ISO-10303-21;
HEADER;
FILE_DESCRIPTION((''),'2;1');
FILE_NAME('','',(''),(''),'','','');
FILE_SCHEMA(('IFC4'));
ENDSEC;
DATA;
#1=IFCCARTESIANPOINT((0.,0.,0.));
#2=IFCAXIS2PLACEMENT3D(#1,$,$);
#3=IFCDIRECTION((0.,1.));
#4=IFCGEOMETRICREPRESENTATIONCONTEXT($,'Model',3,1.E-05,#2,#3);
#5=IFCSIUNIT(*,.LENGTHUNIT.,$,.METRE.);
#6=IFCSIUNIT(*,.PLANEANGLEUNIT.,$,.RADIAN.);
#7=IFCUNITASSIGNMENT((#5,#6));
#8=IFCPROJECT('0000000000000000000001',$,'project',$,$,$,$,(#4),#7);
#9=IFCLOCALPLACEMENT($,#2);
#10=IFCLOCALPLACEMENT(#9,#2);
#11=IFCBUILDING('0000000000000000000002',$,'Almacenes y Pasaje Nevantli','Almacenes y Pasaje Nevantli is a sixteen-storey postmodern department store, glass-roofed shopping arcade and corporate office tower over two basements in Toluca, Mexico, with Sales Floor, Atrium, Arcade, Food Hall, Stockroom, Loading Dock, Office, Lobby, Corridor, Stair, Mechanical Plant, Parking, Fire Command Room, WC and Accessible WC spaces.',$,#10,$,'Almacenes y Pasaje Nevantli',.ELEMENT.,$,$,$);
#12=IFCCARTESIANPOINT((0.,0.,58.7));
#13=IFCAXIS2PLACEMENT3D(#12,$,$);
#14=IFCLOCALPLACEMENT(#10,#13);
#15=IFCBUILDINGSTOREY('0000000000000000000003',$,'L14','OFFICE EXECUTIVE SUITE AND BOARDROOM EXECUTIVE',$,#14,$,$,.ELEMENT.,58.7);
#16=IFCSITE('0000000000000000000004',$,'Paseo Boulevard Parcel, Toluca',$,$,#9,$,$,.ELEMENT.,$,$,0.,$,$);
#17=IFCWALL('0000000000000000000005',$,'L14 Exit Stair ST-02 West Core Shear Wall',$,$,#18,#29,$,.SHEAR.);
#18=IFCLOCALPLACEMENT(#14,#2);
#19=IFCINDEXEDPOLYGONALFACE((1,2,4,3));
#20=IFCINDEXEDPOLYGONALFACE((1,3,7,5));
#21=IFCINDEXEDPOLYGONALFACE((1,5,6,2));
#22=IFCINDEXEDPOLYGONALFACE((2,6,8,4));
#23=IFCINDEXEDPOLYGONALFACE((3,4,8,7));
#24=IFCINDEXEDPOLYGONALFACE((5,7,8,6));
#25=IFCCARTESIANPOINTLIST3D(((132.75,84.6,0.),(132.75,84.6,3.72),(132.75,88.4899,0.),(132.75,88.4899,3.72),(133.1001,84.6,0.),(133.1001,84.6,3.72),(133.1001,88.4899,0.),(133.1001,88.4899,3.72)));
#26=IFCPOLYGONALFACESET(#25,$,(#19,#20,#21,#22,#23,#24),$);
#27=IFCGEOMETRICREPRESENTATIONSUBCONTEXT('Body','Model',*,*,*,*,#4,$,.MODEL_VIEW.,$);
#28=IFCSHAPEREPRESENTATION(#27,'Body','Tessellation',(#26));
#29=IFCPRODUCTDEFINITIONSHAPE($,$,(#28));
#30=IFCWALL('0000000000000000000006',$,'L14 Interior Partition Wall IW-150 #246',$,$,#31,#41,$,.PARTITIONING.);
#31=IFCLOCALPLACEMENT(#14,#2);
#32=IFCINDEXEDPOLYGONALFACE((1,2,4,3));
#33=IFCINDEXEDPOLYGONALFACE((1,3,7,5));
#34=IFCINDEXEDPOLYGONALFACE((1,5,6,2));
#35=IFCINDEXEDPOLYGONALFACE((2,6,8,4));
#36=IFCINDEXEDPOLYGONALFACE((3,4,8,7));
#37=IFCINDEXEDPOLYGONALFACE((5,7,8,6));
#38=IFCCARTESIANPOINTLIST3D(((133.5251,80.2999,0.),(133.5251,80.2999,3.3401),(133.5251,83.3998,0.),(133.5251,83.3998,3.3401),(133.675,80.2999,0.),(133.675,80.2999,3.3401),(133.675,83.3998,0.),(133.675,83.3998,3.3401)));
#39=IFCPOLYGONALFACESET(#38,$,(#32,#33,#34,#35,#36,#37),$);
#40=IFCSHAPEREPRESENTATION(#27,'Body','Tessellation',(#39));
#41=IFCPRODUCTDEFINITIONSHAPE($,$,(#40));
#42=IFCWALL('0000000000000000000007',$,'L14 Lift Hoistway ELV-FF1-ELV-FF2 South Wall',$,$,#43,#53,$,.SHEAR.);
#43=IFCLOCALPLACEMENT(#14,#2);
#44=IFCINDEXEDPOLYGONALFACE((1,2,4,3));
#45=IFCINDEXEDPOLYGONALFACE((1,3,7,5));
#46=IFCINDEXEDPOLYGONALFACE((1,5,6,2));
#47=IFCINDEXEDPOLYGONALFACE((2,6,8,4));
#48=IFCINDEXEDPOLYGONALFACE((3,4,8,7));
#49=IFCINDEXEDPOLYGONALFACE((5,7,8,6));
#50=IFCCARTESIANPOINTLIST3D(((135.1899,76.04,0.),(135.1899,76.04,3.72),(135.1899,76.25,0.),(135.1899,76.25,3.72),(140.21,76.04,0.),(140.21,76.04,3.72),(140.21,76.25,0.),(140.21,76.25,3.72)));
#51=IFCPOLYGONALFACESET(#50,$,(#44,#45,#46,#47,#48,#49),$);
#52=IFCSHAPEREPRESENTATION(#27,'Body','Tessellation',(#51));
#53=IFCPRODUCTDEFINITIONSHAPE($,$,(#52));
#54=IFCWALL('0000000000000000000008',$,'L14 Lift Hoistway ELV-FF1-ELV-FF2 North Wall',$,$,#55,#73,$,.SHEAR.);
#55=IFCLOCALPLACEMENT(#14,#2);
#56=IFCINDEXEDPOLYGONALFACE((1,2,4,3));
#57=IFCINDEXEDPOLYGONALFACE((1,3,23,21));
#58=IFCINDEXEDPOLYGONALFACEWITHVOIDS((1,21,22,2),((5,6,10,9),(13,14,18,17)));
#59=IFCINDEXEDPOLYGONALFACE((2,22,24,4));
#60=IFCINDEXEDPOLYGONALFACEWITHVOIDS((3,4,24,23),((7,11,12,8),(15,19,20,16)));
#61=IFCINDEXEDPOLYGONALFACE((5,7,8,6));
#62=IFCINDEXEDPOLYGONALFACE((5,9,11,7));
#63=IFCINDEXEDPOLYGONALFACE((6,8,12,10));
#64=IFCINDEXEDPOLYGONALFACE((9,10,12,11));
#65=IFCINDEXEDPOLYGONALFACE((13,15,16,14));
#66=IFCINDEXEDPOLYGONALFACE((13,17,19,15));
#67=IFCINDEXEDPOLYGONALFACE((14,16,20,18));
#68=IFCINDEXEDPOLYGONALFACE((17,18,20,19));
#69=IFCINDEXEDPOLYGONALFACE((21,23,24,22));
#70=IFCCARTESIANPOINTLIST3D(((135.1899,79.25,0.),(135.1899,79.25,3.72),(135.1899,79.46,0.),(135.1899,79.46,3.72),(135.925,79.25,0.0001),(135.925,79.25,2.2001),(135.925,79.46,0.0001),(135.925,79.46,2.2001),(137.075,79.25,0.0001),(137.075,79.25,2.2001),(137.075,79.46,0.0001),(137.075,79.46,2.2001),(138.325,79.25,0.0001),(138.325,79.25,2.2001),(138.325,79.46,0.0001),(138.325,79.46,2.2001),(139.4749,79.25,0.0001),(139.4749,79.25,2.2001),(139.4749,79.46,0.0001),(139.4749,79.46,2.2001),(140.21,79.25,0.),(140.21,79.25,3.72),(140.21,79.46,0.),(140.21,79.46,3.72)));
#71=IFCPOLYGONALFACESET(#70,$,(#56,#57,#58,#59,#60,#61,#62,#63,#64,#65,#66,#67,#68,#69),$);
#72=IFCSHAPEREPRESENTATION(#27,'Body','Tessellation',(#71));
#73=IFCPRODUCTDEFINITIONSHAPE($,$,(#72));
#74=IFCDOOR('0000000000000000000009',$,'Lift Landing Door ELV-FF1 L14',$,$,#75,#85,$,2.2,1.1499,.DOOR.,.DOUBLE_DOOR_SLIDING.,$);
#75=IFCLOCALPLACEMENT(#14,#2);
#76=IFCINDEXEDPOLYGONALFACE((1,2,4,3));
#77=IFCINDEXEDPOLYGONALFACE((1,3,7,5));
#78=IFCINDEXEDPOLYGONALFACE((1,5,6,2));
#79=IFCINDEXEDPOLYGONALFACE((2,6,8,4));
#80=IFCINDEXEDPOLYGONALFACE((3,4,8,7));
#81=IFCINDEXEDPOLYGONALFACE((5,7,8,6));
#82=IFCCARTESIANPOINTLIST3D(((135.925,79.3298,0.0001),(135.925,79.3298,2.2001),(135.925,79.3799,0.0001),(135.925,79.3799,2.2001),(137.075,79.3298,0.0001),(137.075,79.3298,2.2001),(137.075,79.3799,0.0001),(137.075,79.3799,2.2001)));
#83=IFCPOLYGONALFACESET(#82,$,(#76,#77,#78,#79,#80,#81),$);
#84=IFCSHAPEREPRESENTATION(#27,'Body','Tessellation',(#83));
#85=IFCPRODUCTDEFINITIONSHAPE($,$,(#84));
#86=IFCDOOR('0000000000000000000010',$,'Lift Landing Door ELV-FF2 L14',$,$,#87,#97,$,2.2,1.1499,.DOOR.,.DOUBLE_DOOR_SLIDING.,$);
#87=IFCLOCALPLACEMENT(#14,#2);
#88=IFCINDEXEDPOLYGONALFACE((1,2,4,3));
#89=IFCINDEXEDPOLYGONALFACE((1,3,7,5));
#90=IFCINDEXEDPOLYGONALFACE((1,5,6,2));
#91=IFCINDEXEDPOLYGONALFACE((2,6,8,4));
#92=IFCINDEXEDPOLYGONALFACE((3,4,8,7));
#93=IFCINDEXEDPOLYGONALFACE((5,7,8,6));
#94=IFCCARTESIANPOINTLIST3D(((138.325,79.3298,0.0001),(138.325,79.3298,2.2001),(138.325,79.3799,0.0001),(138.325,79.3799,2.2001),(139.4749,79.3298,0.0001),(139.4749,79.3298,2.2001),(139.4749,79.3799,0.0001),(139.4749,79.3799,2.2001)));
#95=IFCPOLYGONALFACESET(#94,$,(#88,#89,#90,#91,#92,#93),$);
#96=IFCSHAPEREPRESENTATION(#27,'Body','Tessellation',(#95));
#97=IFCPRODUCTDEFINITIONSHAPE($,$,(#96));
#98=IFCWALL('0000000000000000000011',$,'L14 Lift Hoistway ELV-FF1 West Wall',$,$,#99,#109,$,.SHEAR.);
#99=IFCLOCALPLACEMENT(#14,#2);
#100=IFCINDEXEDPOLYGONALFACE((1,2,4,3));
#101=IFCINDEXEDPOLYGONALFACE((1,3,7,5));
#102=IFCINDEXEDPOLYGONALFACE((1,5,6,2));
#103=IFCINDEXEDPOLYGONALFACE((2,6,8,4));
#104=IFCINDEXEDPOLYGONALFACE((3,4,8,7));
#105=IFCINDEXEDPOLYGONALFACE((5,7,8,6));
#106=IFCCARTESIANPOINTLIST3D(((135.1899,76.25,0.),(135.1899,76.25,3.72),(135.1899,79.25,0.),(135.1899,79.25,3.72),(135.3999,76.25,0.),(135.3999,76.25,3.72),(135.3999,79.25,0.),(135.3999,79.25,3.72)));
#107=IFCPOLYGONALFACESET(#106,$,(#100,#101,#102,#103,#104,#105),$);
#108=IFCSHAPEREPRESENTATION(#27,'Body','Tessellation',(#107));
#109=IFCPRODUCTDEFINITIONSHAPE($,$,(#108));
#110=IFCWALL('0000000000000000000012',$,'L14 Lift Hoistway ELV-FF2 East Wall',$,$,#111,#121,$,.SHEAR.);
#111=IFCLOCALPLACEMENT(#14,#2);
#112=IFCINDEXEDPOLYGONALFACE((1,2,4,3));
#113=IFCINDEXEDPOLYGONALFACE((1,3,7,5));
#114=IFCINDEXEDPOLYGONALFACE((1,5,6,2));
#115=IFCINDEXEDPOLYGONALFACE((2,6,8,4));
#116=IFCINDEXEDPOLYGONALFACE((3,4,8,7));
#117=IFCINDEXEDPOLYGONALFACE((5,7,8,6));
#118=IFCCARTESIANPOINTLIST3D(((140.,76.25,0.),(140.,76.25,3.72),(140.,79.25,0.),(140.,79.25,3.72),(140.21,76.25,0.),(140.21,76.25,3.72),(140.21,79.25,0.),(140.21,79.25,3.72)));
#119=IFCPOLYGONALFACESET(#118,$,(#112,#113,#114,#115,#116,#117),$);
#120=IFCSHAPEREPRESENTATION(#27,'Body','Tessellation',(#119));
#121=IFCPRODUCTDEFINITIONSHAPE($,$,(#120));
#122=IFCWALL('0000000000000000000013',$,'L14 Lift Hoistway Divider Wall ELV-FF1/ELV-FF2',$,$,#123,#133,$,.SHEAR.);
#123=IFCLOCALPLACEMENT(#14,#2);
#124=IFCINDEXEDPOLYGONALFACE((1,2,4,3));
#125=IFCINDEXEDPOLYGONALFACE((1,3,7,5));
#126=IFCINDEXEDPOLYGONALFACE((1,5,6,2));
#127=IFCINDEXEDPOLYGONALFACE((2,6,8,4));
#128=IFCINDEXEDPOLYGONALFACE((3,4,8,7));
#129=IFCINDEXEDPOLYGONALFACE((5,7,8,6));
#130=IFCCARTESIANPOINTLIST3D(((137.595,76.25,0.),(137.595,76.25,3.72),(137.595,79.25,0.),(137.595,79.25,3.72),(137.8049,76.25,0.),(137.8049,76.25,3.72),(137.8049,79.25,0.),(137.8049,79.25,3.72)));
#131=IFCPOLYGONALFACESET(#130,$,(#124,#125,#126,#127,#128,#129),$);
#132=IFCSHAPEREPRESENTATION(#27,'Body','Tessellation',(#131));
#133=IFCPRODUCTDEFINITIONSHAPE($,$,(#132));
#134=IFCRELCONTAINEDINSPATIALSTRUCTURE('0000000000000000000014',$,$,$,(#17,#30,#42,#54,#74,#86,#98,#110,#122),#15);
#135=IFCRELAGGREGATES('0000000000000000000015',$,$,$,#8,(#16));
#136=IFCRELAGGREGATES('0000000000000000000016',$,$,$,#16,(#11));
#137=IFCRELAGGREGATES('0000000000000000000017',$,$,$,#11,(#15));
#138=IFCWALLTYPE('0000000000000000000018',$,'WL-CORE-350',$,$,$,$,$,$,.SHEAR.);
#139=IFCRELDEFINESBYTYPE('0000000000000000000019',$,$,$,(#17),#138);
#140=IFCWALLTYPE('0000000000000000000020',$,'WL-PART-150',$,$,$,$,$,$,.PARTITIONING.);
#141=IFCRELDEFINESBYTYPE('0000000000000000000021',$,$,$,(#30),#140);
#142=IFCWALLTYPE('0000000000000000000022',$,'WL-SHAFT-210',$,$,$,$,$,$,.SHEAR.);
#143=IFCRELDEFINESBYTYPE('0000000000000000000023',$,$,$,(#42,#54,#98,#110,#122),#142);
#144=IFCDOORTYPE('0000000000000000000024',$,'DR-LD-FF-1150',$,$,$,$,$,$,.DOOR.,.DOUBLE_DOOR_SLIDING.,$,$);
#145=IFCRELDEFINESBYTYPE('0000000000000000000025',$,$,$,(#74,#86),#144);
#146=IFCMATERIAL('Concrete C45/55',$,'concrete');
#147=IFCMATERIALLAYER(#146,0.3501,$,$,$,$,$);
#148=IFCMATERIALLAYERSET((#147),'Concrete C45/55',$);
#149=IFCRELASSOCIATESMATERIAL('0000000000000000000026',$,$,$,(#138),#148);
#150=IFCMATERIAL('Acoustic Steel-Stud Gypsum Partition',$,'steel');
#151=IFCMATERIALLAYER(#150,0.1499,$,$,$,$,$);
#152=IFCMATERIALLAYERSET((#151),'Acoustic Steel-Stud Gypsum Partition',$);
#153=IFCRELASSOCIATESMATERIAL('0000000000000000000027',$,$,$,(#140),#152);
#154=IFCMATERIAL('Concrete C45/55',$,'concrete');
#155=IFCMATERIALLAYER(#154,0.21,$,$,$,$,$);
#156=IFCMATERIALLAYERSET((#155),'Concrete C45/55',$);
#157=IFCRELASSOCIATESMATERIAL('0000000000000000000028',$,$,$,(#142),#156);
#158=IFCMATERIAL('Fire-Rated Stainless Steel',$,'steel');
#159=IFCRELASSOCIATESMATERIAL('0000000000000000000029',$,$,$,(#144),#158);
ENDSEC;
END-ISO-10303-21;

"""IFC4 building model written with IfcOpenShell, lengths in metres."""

from ifc_helpers import new_model, si_unit, direction, frame, frame_2d, origin, place, context, subcontext, project, spatial, rectangle, extrude, material, layer, layer_set, type_object, element, fill, save


model = new_model("IFC4")

# Units and contexts
model_context = context("Model", 3, precision=1e-05, world=origin(), true_north=direction((0.0, 1.0)))
body_context = subcontext(model_context, "Body", "Model", "MODEL_VIEW")
ifc_project = project(units=[si_unit("LENGTHUNIT", "METRE"), si_unit("PLANEANGLEUNIT", "RADIAN")], contexts=[model_context])

# Site, building, storey
site_placement = place(None, origin())
site = spatial("IfcSite", under=ifc_project, at=site_placement, Name="Paseo Boulevard Parcel, Toluca", CompositionType="ELEMENT", RefElevation=0.0)
building_placement = place(site_placement, origin())
building = spatial("IfcBuilding", under=site, at=building_placement, Name="Almacenes y Pasaje Nevantli", Description="Almacenes y Pasaje Nevantli is a sixteen-storey postmodern department store, glass-roofed shopping arcade and corporate office tower over two basements in Toluca, Mexico, with Sales Floor, Atrium, Arcade, Food Hall, Stockroom, Loading Dock, Office, Lobby, Corridor, Stair, Mechanical Plant, Parking, Fire Command Room, WC and Accessible WC spaces.", LongName="Almacenes y Pasaje Nevantli", CompositionType="ELEMENT")
storey_placement = place(building_placement, frame((0.0, 0.0, 58.7)))
storey = spatial("IfcBuildingStorey", under=building, at=storey_placement, Name="L14", Description="OFFICE EXECUTIVE SUITE AND BOARDROOM EXECUTIVE", CompositionType="ELEMENT", Elevation=58.7)

# Walls
ifc_material_1 = material(Name="Concrete C45/55", Category="concrete")
ifc_layer_1 = layer(ifc_material_1, 0.3501)
ifc_layer_set_1 = layer_set([ifc_layer_1], Name="Concrete C45/55")
wall_type_1 = type_object("IfcWallType", Name="WL-CORE-350", PredefinedType="SHEAR", material=ifc_layer_set_1)
wall_1_placement = place(storey_placement, frame((132.925, 84.6001, 0.0), z_axis=(0.0, 0.0, 1.0), x_axis=(0.0, 1.0, 0.0)))
element("IfcWall", 1, at=wall_1_placement, inside=storey, type_object=wall_type_1, Name="L14 Exit Stair ST-02 West Core Shear Wall", PredefinedType="SHEAR", context=body_context, shape_type="SweptSolid", body=[
    extrude(rectangle(XDim=3.8899, YDim=0.3501, at=frame_2d((1.9448, 0.0))), origin(), (0.0, 0.0, 1.0), 3.72),
])
ifc_material_2 = material(Name="Acoustic Steel-Stud Gypsum Partition", Category="steel")
ifc_layer_2 = layer(ifc_material_2, 0.1499)
ifc_layer_set_2 = layer_set([ifc_layer_2], Name="Acoustic Steel-Stud Gypsum Partition")
wall_type_2 = type_object("IfcWallType", Name="WL-PART-150", PredefinedType="PARTITIONING", material=ifc_layer_set_2)
wall_2_placement = place(storey_placement, frame((133.6001, 80.3, 0.0), z_axis=(0.0, 0.0, 1.0), x_axis=(0.0, 1.0, 0.0)))
element("IfcWall", 2, at=wall_2_placement, inside=storey, type_object=wall_type_2, Name="L14 Interior Partition Wall IW-150 #246", PredefinedType="PARTITIONING", context=body_context, shape_type="SweptSolid", body=[
    extrude(rectangle(XDim=3.0999, YDim=0.1499, at=frame_2d((1.5498, 0.0))), origin(), (0.0, 0.0, 1.0), 3.3401),
])
ifc_material_3 = material(Name="Concrete C45/55", Category="concrete")
ifc_layer_3 = layer(ifc_material_3, 0.21)
ifc_layer_set_3 = layer_set([ifc_layer_3], Name="Concrete C45/55")
wall_type_3 = type_object("IfcWallType", Name="WL-SHAFT-210", PredefinedType="SHEAR", material=ifc_layer_set_3)
wall_3_placement = place(storey_placement, frame((135.1899, 76.145, 0.0), z_axis=(0.0, 0.0, 1.0), x_axis=(1.0, 0.0, 0.0)))
element("IfcWall", 3, at=wall_3_placement, inside=storey, type_object=wall_type_3, Name="L14 Lift Hoistway ELV-FF1-ELV-FF2 South Wall", PredefinedType="SHEAR", context=body_context, shape_type="SweptSolid", body=[
    extrude(rectangle(XDim=5.02, YDim=0.21, at=frame_2d((2.51, 0.0))), origin(), (0.0, 0.0, 1.0), 3.72),
])

# Wall, openings, doors
wall_4_placement = place(storey_placement, frame((135.1899, 79.355, 0.0), z_axis=(0.0, 0.0, 1.0), x_axis=(1.0, 0.0, 0.0)))
wall_4 = element("IfcWall", 4, at=wall_4_placement, inside=storey, type_object=wall_type_3, Name="L14 Lift Hoistway ELV-FF1-ELV-FF2 North Wall", PredefinedType="SHEAR", context=body_context, shape_type="SweptSolid", body=[
    extrude(rectangle(XDim=5.02, YDim=0.21, at=frame_2d((2.51, 0.0))), origin(), (0.0, 0.0, 1.0), 3.72),
])
opening_1_placement = place(wall_4_placement, frame((0.7351, 0.0, 0.0)))
opening_1 = element("IfcOpeningElement", 5, at=opening_1_placement, cuts=wall_4, PredefinedType="OPENING", context=body_context, shape_type="SweptSolid", body=[
    extrude(rectangle(XDim=1.1499, YDim=2.2, at=frame_2d((0.575, 1.1001))), frame((0.0, 0.115, 0.0), z_axis=(0.0, -1.0, 0.0), x_axis=(1.0, 0.0, 0.0)), (0.0, 0.0, 1.0), 0.23),
])
opening_2_placement = place(wall_4_placement, frame((3.135, 0.0, 0.0)))
opening_2 = element("IfcOpeningElement", 6, at=opening_2_placement, cuts=wall_4, PredefinedType="OPENING", context=body_context, shape_type="SweptSolid", body=[
    extrude(rectangle(XDim=1.1499, YDim=2.2, at=frame_2d((0.575, 1.1001))), frame((0.0, 0.115, 0.0), z_axis=(0.0, -1.0, 0.0), x_axis=(1.0, 0.0, 0.0)), (0.0, 0.0, 1.0), 0.23),
])
ifc_material_4 = material(Name="Fire-Rated Stainless Steel", Category="steel")
door_type_1 = type_object("IfcDoorType", Name="DR-LD-FF-1150", OperationType="DOUBLE_DOOR_SLIDING", PredefinedType="DOOR", material=ifc_material_4)
door_1_placement = place(opening_1_placement, origin())
door_1 = element("IfcDoor", 7, at=door_1_placement, inside=storey, type_object=door_type_1, Name="Lift Landing Door ELV-FF1 L14", OperationType="DOUBLE_DOOR_SLIDING", OverallHeight=2.2, OverallWidth=1.1499, PredefinedType="DOOR", context=body_context, shape_type="SweptSolid", body=[
    extrude(rectangle(XDim=1.1499, YDim=2.2, at=frame_2d((0.575, 1.1001))), frame((0.0, 0.0249, 0.0), z_axis=(0.0, -1.0, 0.0), x_axis=(1.0, 0.0, 0.0)), (0.0, 0.0, 1.0), 0.05),
])
fill(opening_1, door_1)
door_2_placement = place(opening_2_placement, origin())
door_2 = element("IfcDoor", 8, at=door_2_placement, inside=storey, type_object=door_type_1, Name="Lift Landing Door ELV-FF2 L14", OperationType="DOUBLE_DOOR_SLIDING", OverallHeight=2.2, OverallWidth=1.1499, PredefinedType="DOOR", context=body_context, shape_type="SweptSolid", body=[
    extrude(rectangle(XDim=1.1499, YDim=2.2, at=frame_2d((0.575, 1.1001))), frame((0.0, 0.0249, 0.0), z_axis=(0.0, -1.0, 0.0), x_axis=(1.0, 0.0, 0.0)), (0.0, 0.0, 1.0), 0.05),
])
fill(opening_2, door_2)

# Walls
for number, where, z_axis, x_axis, name in (
    (9, (135.2949, 76.25, 0.0), (0.0, 0.0, 1.0), (0.0, 1.0, 0.0), "L14 Lift Hoistway ELV-FF1 West Wall"),
    (10, (140.105, 76.25, 0.0), (0.0, 0.0, 1.0), (0.0, 1.0, 0.0), "L14 Lift Hoistway ELV-FF2 East Wall"),
    (11, (137.7, 76.25, 0.0), (0.0, 0.0, 1.0), (0.0, 1.0, 0.0), "L14 Lift Hoistway Divider Wall ELV-FF1/ELV-FF2"),
):
    element("IfcWall", number, at=place(storey_placement, frame(where, z_axis=z_axis, x_axis=x_axis)), inside=storey, type_object=wall_type_3, Name=name, PredefinedType="SHEAR", context=body_context, shape_type="SweptSolid", body=[
        extrude(rectangle(XDim=3.0, YDim=0.21, at=frame_2d((1.5, 0.0))), origin(), (0.0, 0.0, 1.0), 3.72),
    ])

save(model, "model.ifc")
